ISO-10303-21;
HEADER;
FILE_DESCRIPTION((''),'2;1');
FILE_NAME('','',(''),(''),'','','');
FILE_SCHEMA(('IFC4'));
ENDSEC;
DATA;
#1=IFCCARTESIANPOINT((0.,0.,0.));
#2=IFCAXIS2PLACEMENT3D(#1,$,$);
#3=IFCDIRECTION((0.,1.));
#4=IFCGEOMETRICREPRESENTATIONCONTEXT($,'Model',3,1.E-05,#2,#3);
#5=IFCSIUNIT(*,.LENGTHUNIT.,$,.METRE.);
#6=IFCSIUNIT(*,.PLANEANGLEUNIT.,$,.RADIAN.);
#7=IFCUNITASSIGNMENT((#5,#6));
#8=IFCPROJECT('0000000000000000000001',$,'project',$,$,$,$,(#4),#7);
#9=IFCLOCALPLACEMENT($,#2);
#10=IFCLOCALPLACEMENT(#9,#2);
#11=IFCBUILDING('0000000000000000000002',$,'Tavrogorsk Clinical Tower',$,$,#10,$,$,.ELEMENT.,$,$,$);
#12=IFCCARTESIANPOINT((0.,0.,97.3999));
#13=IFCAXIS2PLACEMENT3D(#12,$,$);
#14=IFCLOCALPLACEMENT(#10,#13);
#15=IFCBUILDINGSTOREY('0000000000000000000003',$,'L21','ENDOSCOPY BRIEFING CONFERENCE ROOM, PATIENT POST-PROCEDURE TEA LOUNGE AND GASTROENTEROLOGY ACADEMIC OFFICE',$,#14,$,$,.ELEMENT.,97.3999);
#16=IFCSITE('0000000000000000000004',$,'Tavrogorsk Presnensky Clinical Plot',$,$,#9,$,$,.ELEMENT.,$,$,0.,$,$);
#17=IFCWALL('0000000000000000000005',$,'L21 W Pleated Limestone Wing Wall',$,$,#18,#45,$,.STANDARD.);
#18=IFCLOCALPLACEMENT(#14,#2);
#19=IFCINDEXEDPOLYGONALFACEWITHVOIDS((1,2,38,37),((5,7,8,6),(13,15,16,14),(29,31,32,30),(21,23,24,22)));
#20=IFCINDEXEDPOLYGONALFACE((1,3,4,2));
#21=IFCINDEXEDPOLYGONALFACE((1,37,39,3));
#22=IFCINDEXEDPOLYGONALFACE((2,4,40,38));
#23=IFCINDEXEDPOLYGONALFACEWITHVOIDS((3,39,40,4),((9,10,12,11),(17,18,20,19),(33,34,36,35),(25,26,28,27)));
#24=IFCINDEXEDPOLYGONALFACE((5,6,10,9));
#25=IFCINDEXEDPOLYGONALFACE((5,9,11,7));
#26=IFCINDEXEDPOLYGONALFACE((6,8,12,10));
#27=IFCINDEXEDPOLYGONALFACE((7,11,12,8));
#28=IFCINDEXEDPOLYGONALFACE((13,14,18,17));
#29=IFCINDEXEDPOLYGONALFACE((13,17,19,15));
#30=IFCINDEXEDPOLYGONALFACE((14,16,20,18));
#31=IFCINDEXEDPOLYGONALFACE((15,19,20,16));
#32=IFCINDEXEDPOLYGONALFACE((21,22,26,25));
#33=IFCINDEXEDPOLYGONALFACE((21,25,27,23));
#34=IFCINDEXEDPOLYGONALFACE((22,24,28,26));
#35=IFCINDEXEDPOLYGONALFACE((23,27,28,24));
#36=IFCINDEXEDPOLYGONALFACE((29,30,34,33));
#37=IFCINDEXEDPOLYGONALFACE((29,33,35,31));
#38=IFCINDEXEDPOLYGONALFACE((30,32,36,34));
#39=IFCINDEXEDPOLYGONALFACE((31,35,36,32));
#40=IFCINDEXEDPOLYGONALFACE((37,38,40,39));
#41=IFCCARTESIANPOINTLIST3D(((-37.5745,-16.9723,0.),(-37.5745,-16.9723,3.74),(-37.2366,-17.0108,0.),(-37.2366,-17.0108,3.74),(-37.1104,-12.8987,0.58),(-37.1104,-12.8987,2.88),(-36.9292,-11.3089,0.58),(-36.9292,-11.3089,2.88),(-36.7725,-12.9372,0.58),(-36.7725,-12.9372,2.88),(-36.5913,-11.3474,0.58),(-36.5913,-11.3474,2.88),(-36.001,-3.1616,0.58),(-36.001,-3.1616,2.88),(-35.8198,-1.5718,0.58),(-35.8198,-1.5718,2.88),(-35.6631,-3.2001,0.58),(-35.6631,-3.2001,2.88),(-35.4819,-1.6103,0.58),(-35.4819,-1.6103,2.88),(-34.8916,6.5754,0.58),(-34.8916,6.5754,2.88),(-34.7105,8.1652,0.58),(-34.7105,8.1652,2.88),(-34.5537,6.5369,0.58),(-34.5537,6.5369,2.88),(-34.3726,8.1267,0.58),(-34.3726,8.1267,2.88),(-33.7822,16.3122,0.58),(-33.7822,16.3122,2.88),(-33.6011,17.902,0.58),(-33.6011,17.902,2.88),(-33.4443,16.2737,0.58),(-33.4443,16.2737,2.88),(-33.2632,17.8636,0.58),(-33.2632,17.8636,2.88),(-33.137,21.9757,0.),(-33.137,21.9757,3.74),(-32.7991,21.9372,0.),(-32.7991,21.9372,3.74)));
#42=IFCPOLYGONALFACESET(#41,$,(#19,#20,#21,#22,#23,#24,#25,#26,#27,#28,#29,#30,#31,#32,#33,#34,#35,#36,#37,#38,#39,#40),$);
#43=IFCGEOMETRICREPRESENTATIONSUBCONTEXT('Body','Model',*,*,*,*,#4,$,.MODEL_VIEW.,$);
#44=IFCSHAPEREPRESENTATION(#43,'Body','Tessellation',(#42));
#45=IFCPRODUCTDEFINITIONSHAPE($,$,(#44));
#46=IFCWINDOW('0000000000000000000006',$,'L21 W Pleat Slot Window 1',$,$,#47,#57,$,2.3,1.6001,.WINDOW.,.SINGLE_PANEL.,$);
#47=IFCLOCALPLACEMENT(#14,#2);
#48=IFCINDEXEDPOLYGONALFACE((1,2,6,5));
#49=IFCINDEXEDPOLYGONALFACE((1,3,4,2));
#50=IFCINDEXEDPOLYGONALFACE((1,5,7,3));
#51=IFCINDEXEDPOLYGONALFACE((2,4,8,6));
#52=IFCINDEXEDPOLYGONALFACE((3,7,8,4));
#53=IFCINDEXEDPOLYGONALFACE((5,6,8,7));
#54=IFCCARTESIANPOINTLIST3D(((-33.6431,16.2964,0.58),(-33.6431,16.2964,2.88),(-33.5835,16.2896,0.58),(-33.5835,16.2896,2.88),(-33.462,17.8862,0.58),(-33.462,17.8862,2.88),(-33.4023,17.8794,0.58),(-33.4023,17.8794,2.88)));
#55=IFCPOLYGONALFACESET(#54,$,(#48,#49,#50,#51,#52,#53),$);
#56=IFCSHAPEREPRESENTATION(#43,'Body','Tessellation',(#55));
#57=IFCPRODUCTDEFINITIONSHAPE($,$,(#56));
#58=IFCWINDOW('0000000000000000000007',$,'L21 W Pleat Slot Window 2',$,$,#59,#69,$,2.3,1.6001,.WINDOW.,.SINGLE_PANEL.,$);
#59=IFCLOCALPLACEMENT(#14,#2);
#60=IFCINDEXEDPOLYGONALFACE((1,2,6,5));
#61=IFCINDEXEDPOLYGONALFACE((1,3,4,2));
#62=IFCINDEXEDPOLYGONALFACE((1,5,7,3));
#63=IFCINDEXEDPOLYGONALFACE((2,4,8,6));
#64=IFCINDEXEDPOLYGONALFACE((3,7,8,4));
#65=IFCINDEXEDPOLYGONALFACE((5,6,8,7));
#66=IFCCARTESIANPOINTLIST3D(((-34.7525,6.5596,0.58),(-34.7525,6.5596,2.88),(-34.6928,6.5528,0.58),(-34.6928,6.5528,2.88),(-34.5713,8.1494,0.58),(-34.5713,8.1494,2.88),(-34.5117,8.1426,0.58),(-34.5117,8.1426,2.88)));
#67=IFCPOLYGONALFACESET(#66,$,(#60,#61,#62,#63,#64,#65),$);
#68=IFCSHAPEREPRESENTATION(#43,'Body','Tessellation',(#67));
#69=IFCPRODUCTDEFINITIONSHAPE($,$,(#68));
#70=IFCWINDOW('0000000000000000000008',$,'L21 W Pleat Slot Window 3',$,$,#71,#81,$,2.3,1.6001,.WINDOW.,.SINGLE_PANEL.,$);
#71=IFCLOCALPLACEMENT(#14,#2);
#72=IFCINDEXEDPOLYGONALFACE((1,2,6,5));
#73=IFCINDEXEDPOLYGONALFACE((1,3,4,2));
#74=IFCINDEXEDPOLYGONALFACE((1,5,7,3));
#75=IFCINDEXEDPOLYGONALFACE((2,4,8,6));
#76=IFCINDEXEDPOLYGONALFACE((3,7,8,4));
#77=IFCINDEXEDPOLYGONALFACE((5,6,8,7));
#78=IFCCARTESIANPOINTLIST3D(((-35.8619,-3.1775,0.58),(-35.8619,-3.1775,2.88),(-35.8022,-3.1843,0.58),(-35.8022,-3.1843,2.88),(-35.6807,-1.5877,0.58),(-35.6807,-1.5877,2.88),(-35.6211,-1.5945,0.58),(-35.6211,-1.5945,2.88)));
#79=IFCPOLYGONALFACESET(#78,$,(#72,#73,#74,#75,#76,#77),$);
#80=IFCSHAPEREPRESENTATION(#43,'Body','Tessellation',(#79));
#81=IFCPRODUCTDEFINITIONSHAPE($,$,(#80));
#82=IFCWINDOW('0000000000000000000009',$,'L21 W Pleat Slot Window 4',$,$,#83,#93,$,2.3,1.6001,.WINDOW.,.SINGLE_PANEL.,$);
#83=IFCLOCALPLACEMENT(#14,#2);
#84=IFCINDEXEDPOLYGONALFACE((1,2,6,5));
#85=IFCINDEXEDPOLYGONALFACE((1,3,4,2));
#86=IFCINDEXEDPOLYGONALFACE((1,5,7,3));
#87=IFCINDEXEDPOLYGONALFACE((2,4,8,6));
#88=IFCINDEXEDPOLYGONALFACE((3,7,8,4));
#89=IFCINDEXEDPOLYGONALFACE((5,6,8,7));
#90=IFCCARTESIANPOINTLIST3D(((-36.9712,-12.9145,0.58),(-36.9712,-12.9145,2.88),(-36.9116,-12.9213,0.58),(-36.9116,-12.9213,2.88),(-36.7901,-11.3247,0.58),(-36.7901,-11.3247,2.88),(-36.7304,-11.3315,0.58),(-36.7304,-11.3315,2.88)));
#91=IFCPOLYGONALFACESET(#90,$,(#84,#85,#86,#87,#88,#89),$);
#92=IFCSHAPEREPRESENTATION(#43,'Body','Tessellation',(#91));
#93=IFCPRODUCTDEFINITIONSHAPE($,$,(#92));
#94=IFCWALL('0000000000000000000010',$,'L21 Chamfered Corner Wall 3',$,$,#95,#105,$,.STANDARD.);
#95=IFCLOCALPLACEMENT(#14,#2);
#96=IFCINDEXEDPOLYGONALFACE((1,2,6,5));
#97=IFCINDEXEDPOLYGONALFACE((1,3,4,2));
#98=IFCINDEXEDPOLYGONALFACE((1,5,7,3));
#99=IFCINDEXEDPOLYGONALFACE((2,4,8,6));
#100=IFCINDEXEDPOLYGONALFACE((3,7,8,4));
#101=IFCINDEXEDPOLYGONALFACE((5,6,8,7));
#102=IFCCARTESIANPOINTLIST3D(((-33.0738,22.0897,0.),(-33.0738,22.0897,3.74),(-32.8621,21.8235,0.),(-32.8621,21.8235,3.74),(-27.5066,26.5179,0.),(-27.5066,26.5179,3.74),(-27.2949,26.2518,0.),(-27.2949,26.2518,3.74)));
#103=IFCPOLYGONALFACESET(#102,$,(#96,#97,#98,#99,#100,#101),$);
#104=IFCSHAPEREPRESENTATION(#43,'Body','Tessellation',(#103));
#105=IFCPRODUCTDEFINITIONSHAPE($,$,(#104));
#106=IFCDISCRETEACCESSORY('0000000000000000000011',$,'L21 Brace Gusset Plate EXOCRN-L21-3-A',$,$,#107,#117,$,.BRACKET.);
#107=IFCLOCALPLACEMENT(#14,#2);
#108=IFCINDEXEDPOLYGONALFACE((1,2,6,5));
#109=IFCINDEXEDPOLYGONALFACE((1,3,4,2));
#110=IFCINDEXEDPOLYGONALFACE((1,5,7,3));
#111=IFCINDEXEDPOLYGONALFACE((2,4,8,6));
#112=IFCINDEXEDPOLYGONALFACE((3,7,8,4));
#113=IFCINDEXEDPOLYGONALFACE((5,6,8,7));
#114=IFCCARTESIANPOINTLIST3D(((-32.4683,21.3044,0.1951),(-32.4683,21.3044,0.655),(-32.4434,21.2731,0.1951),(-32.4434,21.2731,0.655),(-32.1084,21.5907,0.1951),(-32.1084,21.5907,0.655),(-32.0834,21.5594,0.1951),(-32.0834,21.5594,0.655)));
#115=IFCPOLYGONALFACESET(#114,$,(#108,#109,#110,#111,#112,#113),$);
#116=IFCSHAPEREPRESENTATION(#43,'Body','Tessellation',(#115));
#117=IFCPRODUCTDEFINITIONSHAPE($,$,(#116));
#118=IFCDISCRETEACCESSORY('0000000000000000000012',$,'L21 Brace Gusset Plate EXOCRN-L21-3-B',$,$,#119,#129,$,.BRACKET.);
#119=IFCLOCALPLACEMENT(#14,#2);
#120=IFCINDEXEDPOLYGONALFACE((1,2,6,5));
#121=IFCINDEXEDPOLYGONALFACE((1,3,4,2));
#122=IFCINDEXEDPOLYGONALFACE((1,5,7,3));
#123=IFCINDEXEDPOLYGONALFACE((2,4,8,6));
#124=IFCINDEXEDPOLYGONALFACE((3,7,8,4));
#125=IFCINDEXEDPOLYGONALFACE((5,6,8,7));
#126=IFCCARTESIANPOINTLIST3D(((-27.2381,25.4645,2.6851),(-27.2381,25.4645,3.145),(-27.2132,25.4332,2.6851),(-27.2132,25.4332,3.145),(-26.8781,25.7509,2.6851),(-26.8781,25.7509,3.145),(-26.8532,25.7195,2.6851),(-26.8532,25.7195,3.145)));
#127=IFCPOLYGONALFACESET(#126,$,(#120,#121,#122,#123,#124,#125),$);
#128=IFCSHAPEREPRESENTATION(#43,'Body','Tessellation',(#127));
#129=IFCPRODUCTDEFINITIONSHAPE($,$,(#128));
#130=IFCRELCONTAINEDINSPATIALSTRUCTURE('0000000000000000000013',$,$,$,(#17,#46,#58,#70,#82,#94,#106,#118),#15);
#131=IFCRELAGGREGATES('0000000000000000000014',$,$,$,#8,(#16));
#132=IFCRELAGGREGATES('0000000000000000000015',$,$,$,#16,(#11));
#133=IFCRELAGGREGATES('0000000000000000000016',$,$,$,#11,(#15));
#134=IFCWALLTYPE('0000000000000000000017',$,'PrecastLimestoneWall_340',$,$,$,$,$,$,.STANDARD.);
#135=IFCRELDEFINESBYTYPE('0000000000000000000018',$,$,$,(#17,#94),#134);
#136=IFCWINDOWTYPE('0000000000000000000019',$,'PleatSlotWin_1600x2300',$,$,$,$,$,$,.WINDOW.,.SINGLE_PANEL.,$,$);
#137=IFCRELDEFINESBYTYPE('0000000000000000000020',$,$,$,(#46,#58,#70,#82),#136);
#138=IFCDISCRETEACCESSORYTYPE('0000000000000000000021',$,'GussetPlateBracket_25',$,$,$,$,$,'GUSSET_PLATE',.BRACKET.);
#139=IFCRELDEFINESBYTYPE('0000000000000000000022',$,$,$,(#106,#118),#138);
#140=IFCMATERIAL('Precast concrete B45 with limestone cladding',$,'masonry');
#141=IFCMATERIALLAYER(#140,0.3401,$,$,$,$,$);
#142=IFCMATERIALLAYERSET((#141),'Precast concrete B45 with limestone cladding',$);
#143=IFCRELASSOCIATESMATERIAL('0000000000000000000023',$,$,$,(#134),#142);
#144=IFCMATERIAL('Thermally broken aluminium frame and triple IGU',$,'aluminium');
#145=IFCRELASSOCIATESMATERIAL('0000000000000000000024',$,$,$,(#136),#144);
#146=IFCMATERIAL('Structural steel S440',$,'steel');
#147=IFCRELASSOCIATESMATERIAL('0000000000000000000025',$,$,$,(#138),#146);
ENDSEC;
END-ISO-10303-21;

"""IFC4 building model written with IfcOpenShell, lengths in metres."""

from ifc_helpers import new_model, si_unit, direction, frame, frame_2d, origin, origin_2d, place, context, subcontext, project, spatial, rectangle, extrude, material, layer, layer_set, type_object, element, fill, save


model = new_model("IFC4")

# Units and contexts
model_context = context("Model", 3, precision=1e-05, world=origin(), true_north=direction((0.0, 1.0)))
body_context = subcontext(model_context, "Body", "Model", "MODEL_VIEW")
ifc_project = project(units=[si_unit("LENGTHUNIT", "METRE"), si_unit("PLANEANGLEUNIT", "RADIAN")], contexts=[model_context])

# Site, building, storey
site_placement = place(None, origin())
site = spatial("IfcSite", under=ifc_project, at=site_placement, Name="Tavrogorsk Presnensky Clinical Plot", CompositionType="ELEMENT", RefElevation=0.0)
building_placement = place(site_placement, origin())
building = spatial("IfcBuilding", under=site, at=building_placement, Name="Tavrogorsk Clinical Tower", CompositionType="ELEMENT")
storey_placement = place(building_placement, frame((0.0, 0.0, 97.3999)))
storey = spatial("IfcBuildingStorey", under=building, at=storey_placement, Name="L21", Description="ENDOSCOPY BRIEFING CONFERENCE ROOM, PATIENT POST-PROCEDURE TEA LOUNGE AND GASTROENTEROLOGY ACADEMIC OFFICE", CompositionType="ELEMENT", Elevation=97.3999)

# Wall, openings, windows
ifc_material_1 = material(Name="Precast concrete B45 with limestone cladding", Category="masonry")
ifc_layer_1 = layer(ifc_material_1, 0.3401)
ifc_layer_set_1 = layer_set([ifc_layer_1], Name="Precast concrete B45 with limestone cladding")
wall_type_1 = type_object("IfcWallType", Name="PrecastLimestoneWall_340", PredefinedType="STANDARD", material=ifc_layer_set_1)
wall_1_placement = place(storey_placement, frame((-32.968, 21.9565, 0.0), z_axis=(0.0, 0.0, 1.0), x_axis=(-0.113202, -0.993572, 0.0)))
wall_1 = element("IfcWall", 1, at=wall_1_placement, inside=storey, type_object=wall_type_1, Name="L21 W Pleated Limestone Wing Wall", PredefinedType="STANDARD", context=body_context, shape_type="SweptSolid", body=[
    extrude(rectangle(XDim=39.2, YDim=0.3401, at=frame_2d((19.6001, 0.0))), origin(), (0.0, 0.0, 1.0), 3.74),
])
opening_1_placement = place(wall_1_placement, frame((4.1001, 0.0, 0.5801)))
opening_1 = element("IfcOpeningElement", 2, at=opening_1_placement, cuts=wall_1, PredefinedType="OPENING", context=body_context, shape_type="SweptSolid", body=[
    extrude(rectangle(XDim=1.6001, YDim=2.3, at=frame_2d((0.8, 1.1499))), frame((0.0, 0.1799, 0.0), z_axis=(0.0, -1.0, 0.0), x_axis=(1.0, 0.0, 0.0)), (0.0, 0.0, 1.0), 0.3601),
])
opening_2_placement = place(wall_1_placement, frame((13.8999, 0.0, 0.5801)))
opening_2 = element("IfcOpeningElement", 3, at=opening_2_placement, cuts=wall_1, PredefinedType="OPENING", context=body_context, shape_type="SweptSolid", body=[
    extrude(rectangle(XDim=1.6001, YDim=2.3, at=frame_2d((0.8, 1.1499))), frame((0.0, 0.1799, 0.0), z_axis=(0.0, -1.0, 0.0), x_axis=(1.0, 0.0, 0.0)), (0.0, 0.0, 1.0), 0.3601),
])
opening_3_placement = place(wall_1_placement, frame((23.7, 0.0, 0.5801)))
opening_3 = element("IfcOpeningElement", 4, at=opening_3_placement, cuts=wall_1, PredefinedType="OPENING", context=body_context, shape_type="SweptSolid", body=[
    extrude(rectangle(XDim=1.6001, YDim=2.3, at=frame_2d((0.8, 1.1499))), frame((0.0, 0.1799, 0.0), z_axis=(0.0, -1.0, 0.0), x_axis=(1.0, 0.0, 0.0)), (0.0, 0.0, 1.0), 0.3601),
])
opening_4_placement = place(wall_1_placement, frame((33.5, 0.0, 0.5801)))
opening_4 = element("IfcOpeningElement", 5, at=opening_4_placement, cuts=wall_1, PredefinedType="OPENING", context=body_context, shape_type="SweptSolid", body=[
    extrude(rectangle(XDim=1.6001, YDim=2.3, at=frame_2d((0.8, 1.1499))), frame((0.0, 0.1799, 0.0), z_axis=(0.0, -1.0, 0.0), x_axis=(1.0, 0.0, 0.0)), (0.0, 0.0, 1.0), 0.3601),
])
ifc_material_2 = material(Name="Thermally broken aluminium frame and triple IGU", Category="aluminium")
window_type = type_object("IfcWindowType", Name="PleatSlotWin_1600x2300", PartitioningType="SINGLE_PANEL", PredefinedType="WINDOW", material=ifc_material_2)
window_1_placement = place(opening_1_placement, origin())
window_1 = element("IfcWindow", 6, at=window_1_placement, inside=storey, type_object=window_type, Name="L21 W Pleat Slot Window 1", OverallHeight=2.3, OverallWidth=1.6001, PartitioningType="SINGLE_PANEL", PredefinedType="WINDOW", context=body_context, shape_type="SweptSolid", body=[
    extrude(rectangle(XDim=1.6001, YDim=2.3, at=frame_2d((0.8, 1.1499))), frame((0.0, 0.03, 0.0), z_axis=(0.0, -1.0, 0.0), x_axis=(1.0, 0.0, 0.0)), (0.0, 0.0, 1.0), 0.0601),
])
fill(opening_1, window_1)
window_2_placement = place(opening_2_placement, origin())
window_2 = element("IfcWindow", 7, at=window_2_placement, inside=storey, type_object=window_type, Name="L21 W Pleat Slot Window 2", OverallHeight=2.3, OverallWidth=1.6001, PartitioningType="SINGLE_PANEL", PredefinedType="WINDOW", context=body_context, shape_type="SweptSolid", body=[
    extrude(rectangle(XDim=1.6001, YDim=2.3, at=frame_2d((0.8, 1.1499))), frame((0.0, 0.03, 0.0), z_axis=(0.0, -1.0, 0.0), x_axis=(1.0, 0.0, 0.0)), (0.0, 0.0, 1.0), 0.0601),
])
fill(opening_2, window_2)
window_3_placement = place(opening_3_placement, origin())
window_3 = element("IfcWindow", 8, at=window_3_placement, inside=storey, type_object=window_type, Name="L21 W Pleat Slot Window 3", OverallHeight=2.3, OverallWidth=1.6001, PartitioningType="SINGLE_PANEL", PredefinedType="WINDOW", context=body_context, shape_type="SweptSolid", body=[
    extrude(rectangle(XDim=1.6001, YDim=2.3, at=frame_2d((0.8, 1.1499))), frame((0.0, 0.03, 0.0), z_axis=(0.0, -1.0, 0.0), x_axis=(1.0, 0.0, 0.0)), (0.0, 0.0, 1.0), 0.0601),
])
fill(opening_3, window_3)
window_4_placement = place(opening_4_placement, origin())
window_4 = element("IfcWindow", 9, at=window_4_placement, inside=storey, type_object=window_type, Name="L21 W Pleat Slot Window 4", OverallHeight=2.3, OverallWidth=1.6001, PartitioningType="SINGLE_PANEL", PredefinedType="WINDOW", context=body_context, shape_type="SweptSolid", body=[
    extrude(rectangle(XDim=1.6001, YDim=2.3, at=frame_2d((0.8, 1.1499))), frame((0.0, 0.03, 0.0), z_axis=(0.0, -1.0, 0.0), x_axis=(1.0, 0.0, 0.0)), (0.0, 0.0, 1.0), 0.0601),
])
fill(opening_4, window_4)

# Wall
wall_2_placement = place(storey_placement, frame((-27.4009, 26.3848, 0.0), z_axis=(0.0, 0.0, 1.0), x_axis=(-0.782614, -0.622508, 0.0)))
element("IfcWall", 10, at=wall_2_placement, inside=storey, type_object=wall_type_1, Name="L21 Chamfered Corner Wall 3", PredefinedType="STANDARD", context=body_context, shape_type="SweptSolid", body=[
    extrude(rectangle(XDim=7.1135, YDim=0.3401, at=frame_2d((3.5566, 0.0))), origin(), (0.0, 0.0, 1.0), 3.74),
])

# Discrete accessories
ifc_material_3 = material(Name="Structural steel S440", Category="steel")
discrete_accessory_type = type_object("IfcDiscreteAccessoryType", Name="GussetPlateBracket_25", ElementType="GUSSET_PLATE", PredefinedType="BRACKET", material=ifc_material_3)
for number, where, z_axis, x_axis, name in (
    (11, (-32.2759, 21.4319, 0.1951), (0.0, 0.0, 1.0), (0.782608, 0.622515, 0.0), "L21 Brace Gusset Plate EXOCRN-L21-3-A"),
    (12, (-27.0457, 25.592, 2.6851), (0.0, 0.0, 1.0), (0.782608, 0.622515, 0.0), "L21 Brace Gusset Plate EXOCRN-L21-3-B"),
):
    element("IfcDiscreteAccessory", number, at=place(storey_placement, frame(where, z_axis=z_axis, x_axis=x_axis)), inside=storey, type_object=discrete_accessory_type, Name=name, PredefinedType="BRACKET", context=body_context, shape_type="SweptSolid", body=[
        extrude(rectangle(XDim=0.46, YDim=0.04, at=origin_2d()), origin(), (0.0, 0.0, 1.0), 0.46),
    ])

save(model, "model.ifc")
